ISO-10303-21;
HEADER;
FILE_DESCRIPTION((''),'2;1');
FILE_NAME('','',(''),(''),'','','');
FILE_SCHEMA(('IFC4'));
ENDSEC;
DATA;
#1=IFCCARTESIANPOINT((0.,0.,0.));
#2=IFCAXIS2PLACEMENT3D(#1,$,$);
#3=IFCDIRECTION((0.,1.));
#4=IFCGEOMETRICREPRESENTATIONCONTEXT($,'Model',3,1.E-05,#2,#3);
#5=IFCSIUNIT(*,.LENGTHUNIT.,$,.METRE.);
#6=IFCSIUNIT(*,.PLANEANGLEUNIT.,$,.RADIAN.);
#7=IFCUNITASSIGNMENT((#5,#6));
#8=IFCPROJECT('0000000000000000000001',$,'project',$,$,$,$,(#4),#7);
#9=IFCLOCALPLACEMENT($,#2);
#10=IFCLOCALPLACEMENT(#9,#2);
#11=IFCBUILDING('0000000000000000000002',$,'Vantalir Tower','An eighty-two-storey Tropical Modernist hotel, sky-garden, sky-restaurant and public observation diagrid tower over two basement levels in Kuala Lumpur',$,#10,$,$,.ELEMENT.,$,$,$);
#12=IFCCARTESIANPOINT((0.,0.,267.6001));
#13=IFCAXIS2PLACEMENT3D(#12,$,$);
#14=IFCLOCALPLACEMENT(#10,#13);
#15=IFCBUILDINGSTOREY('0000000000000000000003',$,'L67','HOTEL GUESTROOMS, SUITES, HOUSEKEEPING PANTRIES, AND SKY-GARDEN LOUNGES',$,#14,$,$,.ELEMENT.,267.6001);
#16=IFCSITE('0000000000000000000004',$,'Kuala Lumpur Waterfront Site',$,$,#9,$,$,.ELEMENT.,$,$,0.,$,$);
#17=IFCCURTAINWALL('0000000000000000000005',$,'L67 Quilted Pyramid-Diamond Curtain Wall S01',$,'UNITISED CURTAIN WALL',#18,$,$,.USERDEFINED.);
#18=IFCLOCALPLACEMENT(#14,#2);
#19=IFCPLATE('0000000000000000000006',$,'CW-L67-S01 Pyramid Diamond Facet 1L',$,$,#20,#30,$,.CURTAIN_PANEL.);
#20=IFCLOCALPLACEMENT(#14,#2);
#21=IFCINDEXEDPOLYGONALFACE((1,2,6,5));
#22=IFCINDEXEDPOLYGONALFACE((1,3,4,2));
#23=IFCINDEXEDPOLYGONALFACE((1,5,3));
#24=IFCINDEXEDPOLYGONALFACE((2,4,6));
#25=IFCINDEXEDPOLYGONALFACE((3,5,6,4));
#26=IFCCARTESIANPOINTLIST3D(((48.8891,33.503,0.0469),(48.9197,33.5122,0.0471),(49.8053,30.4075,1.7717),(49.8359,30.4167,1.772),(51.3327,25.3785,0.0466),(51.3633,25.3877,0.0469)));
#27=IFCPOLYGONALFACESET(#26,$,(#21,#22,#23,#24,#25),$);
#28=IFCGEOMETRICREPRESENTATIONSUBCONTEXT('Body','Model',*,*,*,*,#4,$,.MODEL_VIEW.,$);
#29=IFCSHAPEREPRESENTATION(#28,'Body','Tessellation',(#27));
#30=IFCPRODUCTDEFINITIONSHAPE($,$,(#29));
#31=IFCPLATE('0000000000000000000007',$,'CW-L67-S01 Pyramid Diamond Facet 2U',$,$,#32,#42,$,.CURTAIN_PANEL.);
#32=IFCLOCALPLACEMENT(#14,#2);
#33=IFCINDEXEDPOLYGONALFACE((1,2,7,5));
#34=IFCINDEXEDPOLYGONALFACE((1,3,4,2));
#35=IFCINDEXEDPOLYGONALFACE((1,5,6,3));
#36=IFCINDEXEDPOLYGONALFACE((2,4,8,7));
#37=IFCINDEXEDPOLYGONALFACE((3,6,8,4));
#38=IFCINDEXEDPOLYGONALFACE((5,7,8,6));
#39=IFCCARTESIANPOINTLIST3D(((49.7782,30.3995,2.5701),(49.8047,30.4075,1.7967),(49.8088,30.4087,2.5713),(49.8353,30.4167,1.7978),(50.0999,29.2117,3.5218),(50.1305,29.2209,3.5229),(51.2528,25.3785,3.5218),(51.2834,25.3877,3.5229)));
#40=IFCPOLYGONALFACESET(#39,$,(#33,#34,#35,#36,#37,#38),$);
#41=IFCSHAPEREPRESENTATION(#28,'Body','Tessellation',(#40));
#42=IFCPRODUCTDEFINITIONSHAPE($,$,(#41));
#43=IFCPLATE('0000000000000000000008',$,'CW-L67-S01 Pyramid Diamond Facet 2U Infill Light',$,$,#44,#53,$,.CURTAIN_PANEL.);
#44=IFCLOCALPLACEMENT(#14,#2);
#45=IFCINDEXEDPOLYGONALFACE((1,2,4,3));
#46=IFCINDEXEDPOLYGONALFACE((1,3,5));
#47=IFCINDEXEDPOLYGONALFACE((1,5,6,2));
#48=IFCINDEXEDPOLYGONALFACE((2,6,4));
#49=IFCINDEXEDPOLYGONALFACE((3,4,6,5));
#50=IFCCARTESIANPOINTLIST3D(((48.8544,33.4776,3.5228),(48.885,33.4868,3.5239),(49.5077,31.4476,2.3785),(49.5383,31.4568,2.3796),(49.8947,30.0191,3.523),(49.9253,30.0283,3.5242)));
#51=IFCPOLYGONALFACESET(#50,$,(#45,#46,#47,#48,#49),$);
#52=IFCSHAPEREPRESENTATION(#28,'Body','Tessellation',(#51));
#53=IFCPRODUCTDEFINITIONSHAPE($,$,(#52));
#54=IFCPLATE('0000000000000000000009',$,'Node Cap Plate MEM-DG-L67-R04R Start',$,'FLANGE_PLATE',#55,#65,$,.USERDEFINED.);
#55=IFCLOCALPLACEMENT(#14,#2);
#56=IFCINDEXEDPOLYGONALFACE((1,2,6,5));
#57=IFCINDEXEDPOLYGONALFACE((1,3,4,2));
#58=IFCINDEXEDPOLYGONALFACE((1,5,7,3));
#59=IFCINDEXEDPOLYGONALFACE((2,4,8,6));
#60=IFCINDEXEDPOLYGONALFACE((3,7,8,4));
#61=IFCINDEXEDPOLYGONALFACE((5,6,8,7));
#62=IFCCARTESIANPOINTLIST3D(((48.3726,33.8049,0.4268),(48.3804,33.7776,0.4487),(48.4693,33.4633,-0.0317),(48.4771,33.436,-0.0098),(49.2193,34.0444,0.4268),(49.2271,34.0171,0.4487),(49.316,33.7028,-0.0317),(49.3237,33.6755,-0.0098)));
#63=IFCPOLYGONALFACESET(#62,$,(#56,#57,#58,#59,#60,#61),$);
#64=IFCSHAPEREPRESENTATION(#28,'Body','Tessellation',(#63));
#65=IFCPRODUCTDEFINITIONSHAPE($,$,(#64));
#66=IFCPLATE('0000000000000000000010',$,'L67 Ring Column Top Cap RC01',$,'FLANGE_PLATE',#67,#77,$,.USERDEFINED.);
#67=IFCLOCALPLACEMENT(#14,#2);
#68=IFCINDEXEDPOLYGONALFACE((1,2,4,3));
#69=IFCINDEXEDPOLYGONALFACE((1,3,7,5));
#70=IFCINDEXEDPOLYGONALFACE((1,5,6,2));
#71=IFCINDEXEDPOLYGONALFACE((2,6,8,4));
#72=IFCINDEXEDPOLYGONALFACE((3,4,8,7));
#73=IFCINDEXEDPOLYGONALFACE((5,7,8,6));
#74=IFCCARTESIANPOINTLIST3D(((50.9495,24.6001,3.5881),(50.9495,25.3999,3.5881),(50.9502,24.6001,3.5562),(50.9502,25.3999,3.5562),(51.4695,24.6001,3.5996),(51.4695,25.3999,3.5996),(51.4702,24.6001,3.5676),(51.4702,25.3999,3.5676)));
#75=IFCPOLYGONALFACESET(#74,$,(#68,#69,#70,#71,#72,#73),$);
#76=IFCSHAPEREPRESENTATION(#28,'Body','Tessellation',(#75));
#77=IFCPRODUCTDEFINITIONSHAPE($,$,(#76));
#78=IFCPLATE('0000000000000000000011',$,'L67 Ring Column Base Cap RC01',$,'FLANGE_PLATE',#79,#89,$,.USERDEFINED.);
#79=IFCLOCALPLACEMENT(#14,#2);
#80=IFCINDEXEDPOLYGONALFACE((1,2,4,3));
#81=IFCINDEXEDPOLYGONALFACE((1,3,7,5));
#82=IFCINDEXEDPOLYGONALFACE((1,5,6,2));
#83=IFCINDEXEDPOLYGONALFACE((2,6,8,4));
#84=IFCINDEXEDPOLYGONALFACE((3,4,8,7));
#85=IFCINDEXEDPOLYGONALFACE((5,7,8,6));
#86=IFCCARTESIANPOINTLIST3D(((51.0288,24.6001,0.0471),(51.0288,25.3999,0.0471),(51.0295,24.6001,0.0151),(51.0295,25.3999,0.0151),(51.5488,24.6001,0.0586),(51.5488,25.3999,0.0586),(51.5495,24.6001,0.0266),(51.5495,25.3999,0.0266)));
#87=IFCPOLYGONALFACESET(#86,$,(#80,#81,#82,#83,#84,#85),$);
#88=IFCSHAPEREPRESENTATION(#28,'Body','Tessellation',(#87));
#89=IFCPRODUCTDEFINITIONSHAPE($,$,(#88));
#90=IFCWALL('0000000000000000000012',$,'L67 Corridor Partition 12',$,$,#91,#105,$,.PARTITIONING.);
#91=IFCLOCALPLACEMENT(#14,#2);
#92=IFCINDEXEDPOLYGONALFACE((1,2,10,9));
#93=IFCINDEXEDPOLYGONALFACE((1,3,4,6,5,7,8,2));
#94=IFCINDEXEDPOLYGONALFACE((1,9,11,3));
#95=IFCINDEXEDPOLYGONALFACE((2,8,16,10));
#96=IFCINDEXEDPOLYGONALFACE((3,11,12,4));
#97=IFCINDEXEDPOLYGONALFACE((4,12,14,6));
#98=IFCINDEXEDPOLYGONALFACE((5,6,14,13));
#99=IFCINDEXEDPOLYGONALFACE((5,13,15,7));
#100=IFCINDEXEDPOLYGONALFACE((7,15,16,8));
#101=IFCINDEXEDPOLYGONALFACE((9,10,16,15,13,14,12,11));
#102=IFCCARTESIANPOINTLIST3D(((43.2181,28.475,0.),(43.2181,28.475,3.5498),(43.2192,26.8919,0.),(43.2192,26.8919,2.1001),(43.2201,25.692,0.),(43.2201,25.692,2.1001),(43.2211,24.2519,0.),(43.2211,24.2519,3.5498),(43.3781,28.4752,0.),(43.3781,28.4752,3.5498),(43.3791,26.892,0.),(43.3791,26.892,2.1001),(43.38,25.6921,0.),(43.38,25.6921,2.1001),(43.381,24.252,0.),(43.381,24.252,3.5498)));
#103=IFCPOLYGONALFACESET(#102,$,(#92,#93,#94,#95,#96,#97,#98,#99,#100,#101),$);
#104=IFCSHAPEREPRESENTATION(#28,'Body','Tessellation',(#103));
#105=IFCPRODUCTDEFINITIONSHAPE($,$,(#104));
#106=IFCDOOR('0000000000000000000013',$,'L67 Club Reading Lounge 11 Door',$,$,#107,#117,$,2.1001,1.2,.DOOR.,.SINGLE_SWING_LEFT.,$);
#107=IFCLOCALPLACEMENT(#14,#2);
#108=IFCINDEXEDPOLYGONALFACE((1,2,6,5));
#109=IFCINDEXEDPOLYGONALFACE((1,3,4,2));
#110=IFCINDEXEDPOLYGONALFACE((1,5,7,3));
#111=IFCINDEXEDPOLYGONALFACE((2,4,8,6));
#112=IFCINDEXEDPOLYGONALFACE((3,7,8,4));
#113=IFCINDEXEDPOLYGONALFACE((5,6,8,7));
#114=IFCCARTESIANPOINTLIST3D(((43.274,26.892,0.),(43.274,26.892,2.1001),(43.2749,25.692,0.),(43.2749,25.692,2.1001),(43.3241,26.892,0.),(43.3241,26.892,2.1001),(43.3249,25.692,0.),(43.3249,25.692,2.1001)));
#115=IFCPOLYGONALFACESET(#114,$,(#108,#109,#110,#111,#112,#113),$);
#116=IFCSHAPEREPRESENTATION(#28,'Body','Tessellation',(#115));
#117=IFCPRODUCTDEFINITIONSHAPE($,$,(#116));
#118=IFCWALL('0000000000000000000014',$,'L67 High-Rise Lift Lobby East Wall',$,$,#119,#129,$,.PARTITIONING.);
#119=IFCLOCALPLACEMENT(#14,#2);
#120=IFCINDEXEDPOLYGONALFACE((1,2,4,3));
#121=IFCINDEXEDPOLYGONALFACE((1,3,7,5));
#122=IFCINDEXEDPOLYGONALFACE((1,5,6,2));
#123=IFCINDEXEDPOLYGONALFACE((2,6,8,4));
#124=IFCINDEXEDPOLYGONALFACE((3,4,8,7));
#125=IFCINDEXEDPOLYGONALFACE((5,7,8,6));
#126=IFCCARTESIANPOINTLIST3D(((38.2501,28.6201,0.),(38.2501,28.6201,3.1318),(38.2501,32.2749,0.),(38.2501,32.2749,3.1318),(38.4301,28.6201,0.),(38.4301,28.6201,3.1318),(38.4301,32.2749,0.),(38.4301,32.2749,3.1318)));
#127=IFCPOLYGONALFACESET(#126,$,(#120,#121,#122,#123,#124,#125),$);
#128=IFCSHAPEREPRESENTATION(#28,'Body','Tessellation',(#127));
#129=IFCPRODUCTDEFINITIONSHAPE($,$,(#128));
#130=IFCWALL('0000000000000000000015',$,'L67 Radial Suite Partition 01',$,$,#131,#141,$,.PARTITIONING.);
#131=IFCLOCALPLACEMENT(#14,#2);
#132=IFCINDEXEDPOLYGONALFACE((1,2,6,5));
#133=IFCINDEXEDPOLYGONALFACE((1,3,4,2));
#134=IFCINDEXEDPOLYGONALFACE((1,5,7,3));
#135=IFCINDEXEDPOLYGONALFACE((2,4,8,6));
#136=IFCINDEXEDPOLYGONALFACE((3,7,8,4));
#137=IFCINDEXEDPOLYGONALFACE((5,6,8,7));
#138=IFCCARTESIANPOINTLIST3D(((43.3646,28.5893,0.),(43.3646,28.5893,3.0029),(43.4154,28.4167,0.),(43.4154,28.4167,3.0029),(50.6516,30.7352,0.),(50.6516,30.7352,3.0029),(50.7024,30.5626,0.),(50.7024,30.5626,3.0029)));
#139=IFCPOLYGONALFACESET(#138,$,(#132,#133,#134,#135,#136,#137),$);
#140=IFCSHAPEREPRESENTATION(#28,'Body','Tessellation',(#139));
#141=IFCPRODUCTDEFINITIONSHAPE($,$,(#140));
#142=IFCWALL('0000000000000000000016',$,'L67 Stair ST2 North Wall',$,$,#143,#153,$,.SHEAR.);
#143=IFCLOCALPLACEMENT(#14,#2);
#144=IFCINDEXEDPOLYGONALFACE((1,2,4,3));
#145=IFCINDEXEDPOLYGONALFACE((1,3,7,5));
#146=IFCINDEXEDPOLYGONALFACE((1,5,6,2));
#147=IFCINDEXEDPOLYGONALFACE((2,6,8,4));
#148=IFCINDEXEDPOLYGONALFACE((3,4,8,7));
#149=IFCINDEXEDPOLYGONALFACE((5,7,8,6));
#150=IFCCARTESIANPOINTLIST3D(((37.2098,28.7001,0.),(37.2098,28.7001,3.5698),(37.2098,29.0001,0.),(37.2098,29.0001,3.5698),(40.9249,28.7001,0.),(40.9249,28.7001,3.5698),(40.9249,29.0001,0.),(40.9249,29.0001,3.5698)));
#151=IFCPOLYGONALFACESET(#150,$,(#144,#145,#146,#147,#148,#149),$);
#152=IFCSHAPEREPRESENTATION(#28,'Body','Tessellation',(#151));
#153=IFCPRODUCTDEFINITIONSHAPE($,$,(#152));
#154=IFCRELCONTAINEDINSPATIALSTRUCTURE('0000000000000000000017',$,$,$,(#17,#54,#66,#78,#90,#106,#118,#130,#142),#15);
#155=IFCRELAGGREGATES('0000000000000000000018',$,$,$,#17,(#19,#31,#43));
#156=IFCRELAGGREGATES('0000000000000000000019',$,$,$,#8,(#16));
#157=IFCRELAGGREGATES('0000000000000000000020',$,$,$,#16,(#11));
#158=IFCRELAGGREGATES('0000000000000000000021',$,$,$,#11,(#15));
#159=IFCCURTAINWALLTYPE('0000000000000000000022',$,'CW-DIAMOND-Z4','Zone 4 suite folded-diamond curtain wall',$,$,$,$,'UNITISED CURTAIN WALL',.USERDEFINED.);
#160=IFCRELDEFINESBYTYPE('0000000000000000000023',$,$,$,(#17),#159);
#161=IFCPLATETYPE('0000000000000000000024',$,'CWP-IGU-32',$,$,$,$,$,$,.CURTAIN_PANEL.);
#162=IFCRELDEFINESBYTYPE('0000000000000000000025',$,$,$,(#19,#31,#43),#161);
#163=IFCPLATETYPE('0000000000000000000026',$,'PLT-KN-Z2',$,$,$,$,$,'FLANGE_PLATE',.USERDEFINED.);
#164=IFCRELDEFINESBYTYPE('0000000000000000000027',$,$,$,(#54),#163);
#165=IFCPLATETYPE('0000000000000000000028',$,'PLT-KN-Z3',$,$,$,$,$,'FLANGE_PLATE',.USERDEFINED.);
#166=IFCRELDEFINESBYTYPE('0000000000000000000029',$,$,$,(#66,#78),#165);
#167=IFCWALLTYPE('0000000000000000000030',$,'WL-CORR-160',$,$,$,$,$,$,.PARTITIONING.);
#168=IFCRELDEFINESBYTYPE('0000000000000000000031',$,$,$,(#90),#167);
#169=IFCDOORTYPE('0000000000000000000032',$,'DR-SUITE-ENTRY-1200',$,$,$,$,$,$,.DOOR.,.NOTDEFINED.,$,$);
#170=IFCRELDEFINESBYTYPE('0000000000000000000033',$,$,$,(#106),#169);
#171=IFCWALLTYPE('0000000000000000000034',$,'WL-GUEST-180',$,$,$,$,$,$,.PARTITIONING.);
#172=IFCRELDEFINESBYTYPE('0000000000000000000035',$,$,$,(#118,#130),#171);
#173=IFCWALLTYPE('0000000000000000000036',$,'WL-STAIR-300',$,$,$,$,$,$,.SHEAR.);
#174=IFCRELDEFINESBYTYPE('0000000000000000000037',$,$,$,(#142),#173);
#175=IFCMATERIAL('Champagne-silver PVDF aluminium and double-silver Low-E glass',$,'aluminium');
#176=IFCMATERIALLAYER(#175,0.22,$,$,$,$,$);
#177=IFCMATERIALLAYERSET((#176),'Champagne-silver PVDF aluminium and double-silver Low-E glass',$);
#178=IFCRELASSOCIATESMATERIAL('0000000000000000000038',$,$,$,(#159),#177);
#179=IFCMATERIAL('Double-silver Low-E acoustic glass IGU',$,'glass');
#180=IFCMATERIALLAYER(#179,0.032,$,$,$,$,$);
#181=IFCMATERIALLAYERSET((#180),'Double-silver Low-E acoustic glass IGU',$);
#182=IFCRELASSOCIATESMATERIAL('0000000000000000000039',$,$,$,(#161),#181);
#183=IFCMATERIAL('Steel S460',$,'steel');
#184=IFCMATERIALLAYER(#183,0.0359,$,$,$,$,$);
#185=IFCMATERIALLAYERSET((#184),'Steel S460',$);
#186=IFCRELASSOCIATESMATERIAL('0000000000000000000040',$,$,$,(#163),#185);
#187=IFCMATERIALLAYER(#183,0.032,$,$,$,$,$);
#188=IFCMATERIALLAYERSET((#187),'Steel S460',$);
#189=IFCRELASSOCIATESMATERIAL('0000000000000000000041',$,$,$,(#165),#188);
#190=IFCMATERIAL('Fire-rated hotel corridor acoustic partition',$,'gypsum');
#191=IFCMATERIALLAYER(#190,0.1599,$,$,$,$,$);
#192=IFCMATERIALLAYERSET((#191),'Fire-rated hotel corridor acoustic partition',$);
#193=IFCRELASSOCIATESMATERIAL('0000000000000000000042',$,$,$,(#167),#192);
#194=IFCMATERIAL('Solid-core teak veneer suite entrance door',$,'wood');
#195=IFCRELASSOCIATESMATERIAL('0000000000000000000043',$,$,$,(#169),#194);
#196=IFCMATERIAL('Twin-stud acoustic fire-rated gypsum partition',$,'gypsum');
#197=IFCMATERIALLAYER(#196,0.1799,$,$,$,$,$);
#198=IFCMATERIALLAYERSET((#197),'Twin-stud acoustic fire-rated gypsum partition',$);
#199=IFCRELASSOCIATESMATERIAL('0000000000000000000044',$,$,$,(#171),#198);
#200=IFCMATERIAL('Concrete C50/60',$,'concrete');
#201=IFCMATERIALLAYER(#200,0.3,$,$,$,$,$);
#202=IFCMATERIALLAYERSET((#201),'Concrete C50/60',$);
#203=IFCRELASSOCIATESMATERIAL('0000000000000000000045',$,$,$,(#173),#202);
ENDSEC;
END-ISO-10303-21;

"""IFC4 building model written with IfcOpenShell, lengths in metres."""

from ifc_helpers import new_model, si_unit, direction, frame, frame_2d, origin, place, context, subcontext, project, spatial, polyline, rectangle, outline, extrude, material, layer, layer_set, type_object, element, fill, aggregate, save


model = new_model("IFC4")

# Units and contexts
model_context = context("Model", 3, precision=1e-05, world=origin(), true_north=direction((0.0, 1.0)))
body_context = subcontext(model_context, "Body", "Model", "MODEL_VIEW")
ifc_project = project(units=[si_unit("LENGTHUNIT", "METRE"), si_unit("PLANEANGLEUNIT", "RADIAN")], contexts=[model_context])

# Site, building, storey
site_placement = place(None, origin())
site = spatial("IfcSite", under=ifc_project, at=site_placement, Name="Kuala Lumpur Waterfront Site", CompositionType="ELEMENT", RefElevation=0.0)
building_placement = place(site_placement, origin())
building = spatial("IfcBuilding", under=site, at=building_placement, Name="Vantalir Tower", Description="An eighty-two-storey Tropical Modernist hotel, sky-garden, sky-restaurant and public observation diagrid tower over two basement levels in Kuala Lumpur", CompositionType="ELEMENT")
storey_placement = place(building_placement, frame((0.0, 0.0, 267.6001)))
storey = spatial("IfcBuildingStorey", under=building, at=storey_placement, Name="L67", Description="HOTEL GUESTROOMS, SUITES, HOUSEKEEPING PANTRIES, AND SKY-GARDEN LOUNGES", CompositionType="ELEMENT", Elevation=267.6001)

# Shared definitions
ifc_material_1 = material(Name="Concrete C50/60", Category="concrete")

# Shared definitions
ifc_material_2 = material(Name="Steel S460", Category="steel")

# Curtain wall
ifc_material_3 = material(Name="Champagne-silver PVDF aluminium and double-silver Low-E glass", Category="aluminium")
ifc_layer_1 = layer(ifc_material_3, 0.22)
ifc_layer_set_1 = layer_set([ifc_layer_1], Name="Champagne-silver PVDF aluminium and double-silver Low-E glass")
curtain_wall_type = type_object("IfcCurtainWallType", Name="CW-DIAMOND-Z4", Description="Zone 4 suite folded-diamond curtain wall", ElementType="UNITISED CURTAIN WALL", PredefinedType="USERDEFINED", material=ifc_layer_set_1)
curtain_wall_placement = place(storey_placement, origin())
curtain_wall = element("IfcCurtainWall", 1, at=curtain_wall_placement, inside=storey, type_object=curtain_wall_type, Name="L67 Quilted Pyramid-Diamond Curtain Wall S01", ObjectType="UNITISED CURTAIN WALL", PredefinedType="USERDEFINED")

# Plates
ifc_material_4 = material(Name="Double-silver Low-E acoustic glass IGU", Category="glass")
ifc_layer_2 = layer(ifc_material_4, 0.032)
ifc_layer_set_2 = layer_set([ifc_layer_2], Name="Double-silver Low-E acoustic glass IGU")
plate_type_1 = type_object("IfcPlateType", Name="CWP-IGU-32", PredefinedType="CURTAIN_PANEL", material=ifc_layer_set_2)
plate_1_placement = place(storey_placement, frame((51.3633, 25.3877, 0.0469), z_axis=(0.957591, 0.288014, 0.008193), x_axis=(-0.288024, 0.957623, 0.000029)))
plate_1 = element("IfcPlate", 2, at=plate_1_placement, type_object=plate_type_1, Name="CW-L67-S01 Pyramid Diamond Facet 1L", PredefinedType="CURTAIN_PANEL", context=body_context, shape_type="SweptSolid", body=[
    extrude(outline(polyline([(0.0, 0.0), (8.484, 0.0), (5.2559, 1.725), (0.0, 0.0)])), origin(), (0.0, 0.0, -1.0), 0.032),
])
plate_2_placement = place(storey_placement, frame((51.2834, 25.3877, 3.5229), z_axis=(0.957008, 0.287845, 0.035783), x_axis=(-0.288029, 0.957622, -0.000001)))
plate_2 = element("IfcPlate", 3, at=plate_2_placement, type_object=plate_type_1, Name="CW-L67-S01 Pyramid Diamond Facet 2U", PredefinedType="CURTAIN_PANEL", context=body_context, shape_type="SweptSolid", body=[
    extrude(outline(polyline([(0.0, 0.0), (4.0029, 0.0), (5.2329, -0.9523), (5.233, -1.7262), (0.0, 0.0)])), origin(), (0.0, 0.0, -1.0), 0.032),
])
plate_3_placement = place(storey_placement, frame((49.9253, 30.0283, 3.5242), z_axis=(0.957006, 0.287861, 0.035712), x_axis=(-0.288042, 0.957618, -0.000068)))
plate_3 = element("IfcPlate", 4, at=plate_3_placement, type_object=plate_type_1, Name="CW-L67-S01 Pyramid Diamond Facet 2U Infill Light", PredefinedType="CURTAIN_PANEL", context=body_context, shape_type="SweptSolid", body=[
    extrude(outline(polyline([(0.0, 0.0), (3.6116, 0.0), (1.4795, -1.1452), (0.0, 0.0)])), origin(), (0.0, 0.0, -1.0), 0.032),
])
aggregate(curtain_wall, [plate_1, plate_2, plate_3])

# Plates
ifc_layer_3 = layer(ifc_material_2, 0.0359)
ifc_layer_set_3 = layer_set([ifc_layer_3], Name="Steel S460")
plate_type_2 = type_object("IfcPlateType", Name="PLT-KN-Z2", ElementType="FLANGE_PLATE", PredefinedType="USERDEFINED", material=ifc_layer_set_3)
plate_4_placement = place(storey_placement, frame((48.4771, 33.436, -0.0098), z_axis=(0.215227, -0.760862, 0.612181), x_axis=(0.962243, 0.272192, 0.0)))
element("IfcPlate", 5, at=plate_4_placement, inside=storey, type_object=plate_type_2, Name="Node Cap Plate MEM-DG-L67-R04R Start", ObjectType="FLANGE_PLATE", PredefinedType="USERDEFINED", context=body_context, shape_type="SweptSolid", body=[
    extrude(outline(polyline([(0.0, 0.0), (0.8799, 0.0), (0.8798, 0.5798), (-0.0001, 0.5798), (0.0, 0.0)])), origin(), (0.0, 0.0, -1.0), 0.0359),
])
ifc_layer_4 = layer(ifc_material_2, 0.032)
ifc_layer_set_4 = layer_set([ifc_layer_4], Name="Steel S460")
plate_type_3 = type_object("IfcPlateType", Name="PLT-KN-Z3", ElementType="FLANGE_PLATE", PredefinedType="USERDEFINED", material=ifc_layer_set_4)
for number, where, z_axis, x_axis, name in (
    (6, (50.9495, 25.3999, 3.5881), (-0.02206, 0.0, 0.999757), (0.0, -1.0, 0.0), "L67 Ring Column Top Cap RC01"),
    (7, (51.0288, 25.3999, 0.0471), (-0.02206, 0.0, 0.999757), (0.0, -1.0, 0.0), "L67 Ring Column Base Cap RC01"),
):
    element("IfcPlate", number, at=place(storey_placement, frame(where, z_axis=z_axis, x_axis=x_axis)), inside=storey, type_object=plate_type_3, Name=name, ObjectType="FLANGE_PLATE", PredefinedType="USERDEFINED", context=body_context, shape_type="SweptSolid", body=[
        extrude(outline(polyline([(0.0, 0.0), (0.7998, 0.0), (0.7998, 0.5201), (0.0, 0.5201), (0.0, 0.0)])), origin(), (0.0, 0.0, -1.0), 0.032),
    ])

# Wall, opening, door
ifc_material_5 = material(Name="Fire-rated hotel corridor acoustic partition", Category="gypsum")
ifc_layer_5 = layer(ifc_material_5, 0.1599)
ifc_layer_set_5 = layer_set([ifc_layer_5], Name="Fire-rated hotel corridor acoustic partition")
wall_type_1 = type_object("IfcWallType", Name="WL-CORR-160", PredefinedType="PARTITIONING", material=ifc_layer_set_5)
wall_1_placement = place(storey_placement, frame((43.2981, 28.4751, 0.0), z_axis=(0.0, 0.0, 1.0), x_axis=(0.000694, -1.0, 0.0)))
wall_1 = element("IfcWall", 8, at=wall_1_placement, inside=storey, type_object=wall_type_1, Name="L67 Corridor Partition 12", PredefinedType="PARTITIONING", context=body_context, shape_type="SweptSolid", body=[
    extrude(rectangle(XDim=4.2231, YDim=0.1599, at=frame_2d((2.1116, 0.0))), origin(), (0.0, 0.0, 1.0), 3.5498),
])
opening_placement = place(wall_1_placement, frame((1.583, 0.0, 0.0)))
opening = element("IfcOpeningElement", 9, at=opening_placement, cuts=wall_1, PredefinedType="OPENING", context=body_context, shape_type="SweptSolid", body=[
    extrude(rectangle(XDim=1.2, YDim=2.1001, at=frame_2d((0.6001, 1.05))), frame((0.0, 0.0898, 0.0), z_axis=(0.0, -1.0, 0.0), x_axis=(1.0, 0.0, 0.0)), (0.0, 0.0, 1.0), 0.1799),
])
ifc_material_6 = material(Name="Solid-core teak veneer suite entrance door", Category="wood")
door_type = type_object("IfcDoorType", Name="DR-SUITE-ENTRY-1200", OperationType="NOTDEFINED", PredefinedType="DOOR", material=ifc_material_6)
door_placement = place(opening_placement, origin())
door = element("IfcDoor", 10, at=door_placement, inside=storey, type_object=door_type, Name="L67 Club Reading Lounge 11 Door", OperationType="SINGLE_SWING_LEFT", OverallHeight=2.1001, OverallWidth=1.2, PredefinedType="DOOR", context=body_context, shape_type="SweptSolid", body=[
    extrude(rectangle(XDim=1.2, YDim=2.1001, at=frame_2d((0.6001, 1.05))), frame((0.0, 0.0249, 0.0), z_axis=(0.0, -1.0, 0.0), x_axis=(1.0, 0.0, 0.0)), (0.0, 0.0, 1.0), 0.05),
])
fill(opening, door)

# Walls
ifc_material_7 = material(Name="Twin-stud acoustic fire-rated gypsum partition", Category="gypsum")
ifc_layer_6 = layer(ifc_material_7, 0.1799)
ifc_layer_set_6 = layer_set([ifc_layer_6], Name="Twin-stud acoustic fire-rated gypsum partition")
wall_type_2 = type_object("IfcWallType", Name="WL-GUEST-180", PredefinedType="PARTITIONING", material=ifc_layer_set_6)
wall_2_placement = place(storey_placement, frame((38.3401, 28.6201, 0.0), z_axis=(0.0, 0.0, 1.0), x_axis=(0.0, 1.0, 0.0)))
element("IfcWall", 11, at=wall_2_placement, inside=storey, type_object=wall_type_2, Name="L67 High-Rise Lift Lobby East Wall", PredefinedType="PARTITIONING", context=body_context, shape_type="SweptSolid", body=[
    extrude(rectangle(XDim=3.6548, YDim=0.1799, at=frame_2d((1.8274, 0.0))), origin(), (0.0, 0.0, 1.0), 3.1318),
])
wall_3_placement = place(storey_placement, frame((43.3899, 28.5029, 0.0), z_axis=(0.0, 0.0, 1.0), x_axis=(0.959268, 0.282497, 0.0)))
element("IfcWall", 12, at=wall_3_placement, inside=storey, type_object=wall_type_2, Name="L67 Radial Suite Partition 01", PredefinedType="PARTITIONING", context=body_context, shape_type="SweptSolid", body=[
    extrude(rectangle(XDim=7.5964, YDim=0.1799, at=frame_2d((3.7983, 0.0))), origin(), (0.0, 0.0, 1.0), 3.0029),
])
ifc_layer_7 = layer(ifc_material_1, 0.3)
ifc_layer_set_7 = layer_set([ifc_layer_7], Name="Concrete C50/60")
wall_type_3 = type_object("IfcWallType", Name="WL-STAIR-300", PredefinedType="SHEAR", material=ifc_layer_set_7)
wall_4_placement = place(storey_placement, frame((37.21, 28.8501, 0.0), z_axis=(0.0, 0.0, 1.0), x_axis=(1.0, 0.0, 0.0)))
element("IfcWall", 13, at=wall_4_placement, inside=storey, type_object=wall_type_3, Name="L67 Stair ST2 North Wall", PredefinedType="SHEAR", context=body_context, shape_type="SweptSolid", body=[
    extrude(rectangle(XDim=3.7151, YDim=0.3, at=frame_2d((1.8574, 0.0))), origin(), (0.0, 0.0, 1.0), 3.5698),
])

save(model, "model.ifc")
